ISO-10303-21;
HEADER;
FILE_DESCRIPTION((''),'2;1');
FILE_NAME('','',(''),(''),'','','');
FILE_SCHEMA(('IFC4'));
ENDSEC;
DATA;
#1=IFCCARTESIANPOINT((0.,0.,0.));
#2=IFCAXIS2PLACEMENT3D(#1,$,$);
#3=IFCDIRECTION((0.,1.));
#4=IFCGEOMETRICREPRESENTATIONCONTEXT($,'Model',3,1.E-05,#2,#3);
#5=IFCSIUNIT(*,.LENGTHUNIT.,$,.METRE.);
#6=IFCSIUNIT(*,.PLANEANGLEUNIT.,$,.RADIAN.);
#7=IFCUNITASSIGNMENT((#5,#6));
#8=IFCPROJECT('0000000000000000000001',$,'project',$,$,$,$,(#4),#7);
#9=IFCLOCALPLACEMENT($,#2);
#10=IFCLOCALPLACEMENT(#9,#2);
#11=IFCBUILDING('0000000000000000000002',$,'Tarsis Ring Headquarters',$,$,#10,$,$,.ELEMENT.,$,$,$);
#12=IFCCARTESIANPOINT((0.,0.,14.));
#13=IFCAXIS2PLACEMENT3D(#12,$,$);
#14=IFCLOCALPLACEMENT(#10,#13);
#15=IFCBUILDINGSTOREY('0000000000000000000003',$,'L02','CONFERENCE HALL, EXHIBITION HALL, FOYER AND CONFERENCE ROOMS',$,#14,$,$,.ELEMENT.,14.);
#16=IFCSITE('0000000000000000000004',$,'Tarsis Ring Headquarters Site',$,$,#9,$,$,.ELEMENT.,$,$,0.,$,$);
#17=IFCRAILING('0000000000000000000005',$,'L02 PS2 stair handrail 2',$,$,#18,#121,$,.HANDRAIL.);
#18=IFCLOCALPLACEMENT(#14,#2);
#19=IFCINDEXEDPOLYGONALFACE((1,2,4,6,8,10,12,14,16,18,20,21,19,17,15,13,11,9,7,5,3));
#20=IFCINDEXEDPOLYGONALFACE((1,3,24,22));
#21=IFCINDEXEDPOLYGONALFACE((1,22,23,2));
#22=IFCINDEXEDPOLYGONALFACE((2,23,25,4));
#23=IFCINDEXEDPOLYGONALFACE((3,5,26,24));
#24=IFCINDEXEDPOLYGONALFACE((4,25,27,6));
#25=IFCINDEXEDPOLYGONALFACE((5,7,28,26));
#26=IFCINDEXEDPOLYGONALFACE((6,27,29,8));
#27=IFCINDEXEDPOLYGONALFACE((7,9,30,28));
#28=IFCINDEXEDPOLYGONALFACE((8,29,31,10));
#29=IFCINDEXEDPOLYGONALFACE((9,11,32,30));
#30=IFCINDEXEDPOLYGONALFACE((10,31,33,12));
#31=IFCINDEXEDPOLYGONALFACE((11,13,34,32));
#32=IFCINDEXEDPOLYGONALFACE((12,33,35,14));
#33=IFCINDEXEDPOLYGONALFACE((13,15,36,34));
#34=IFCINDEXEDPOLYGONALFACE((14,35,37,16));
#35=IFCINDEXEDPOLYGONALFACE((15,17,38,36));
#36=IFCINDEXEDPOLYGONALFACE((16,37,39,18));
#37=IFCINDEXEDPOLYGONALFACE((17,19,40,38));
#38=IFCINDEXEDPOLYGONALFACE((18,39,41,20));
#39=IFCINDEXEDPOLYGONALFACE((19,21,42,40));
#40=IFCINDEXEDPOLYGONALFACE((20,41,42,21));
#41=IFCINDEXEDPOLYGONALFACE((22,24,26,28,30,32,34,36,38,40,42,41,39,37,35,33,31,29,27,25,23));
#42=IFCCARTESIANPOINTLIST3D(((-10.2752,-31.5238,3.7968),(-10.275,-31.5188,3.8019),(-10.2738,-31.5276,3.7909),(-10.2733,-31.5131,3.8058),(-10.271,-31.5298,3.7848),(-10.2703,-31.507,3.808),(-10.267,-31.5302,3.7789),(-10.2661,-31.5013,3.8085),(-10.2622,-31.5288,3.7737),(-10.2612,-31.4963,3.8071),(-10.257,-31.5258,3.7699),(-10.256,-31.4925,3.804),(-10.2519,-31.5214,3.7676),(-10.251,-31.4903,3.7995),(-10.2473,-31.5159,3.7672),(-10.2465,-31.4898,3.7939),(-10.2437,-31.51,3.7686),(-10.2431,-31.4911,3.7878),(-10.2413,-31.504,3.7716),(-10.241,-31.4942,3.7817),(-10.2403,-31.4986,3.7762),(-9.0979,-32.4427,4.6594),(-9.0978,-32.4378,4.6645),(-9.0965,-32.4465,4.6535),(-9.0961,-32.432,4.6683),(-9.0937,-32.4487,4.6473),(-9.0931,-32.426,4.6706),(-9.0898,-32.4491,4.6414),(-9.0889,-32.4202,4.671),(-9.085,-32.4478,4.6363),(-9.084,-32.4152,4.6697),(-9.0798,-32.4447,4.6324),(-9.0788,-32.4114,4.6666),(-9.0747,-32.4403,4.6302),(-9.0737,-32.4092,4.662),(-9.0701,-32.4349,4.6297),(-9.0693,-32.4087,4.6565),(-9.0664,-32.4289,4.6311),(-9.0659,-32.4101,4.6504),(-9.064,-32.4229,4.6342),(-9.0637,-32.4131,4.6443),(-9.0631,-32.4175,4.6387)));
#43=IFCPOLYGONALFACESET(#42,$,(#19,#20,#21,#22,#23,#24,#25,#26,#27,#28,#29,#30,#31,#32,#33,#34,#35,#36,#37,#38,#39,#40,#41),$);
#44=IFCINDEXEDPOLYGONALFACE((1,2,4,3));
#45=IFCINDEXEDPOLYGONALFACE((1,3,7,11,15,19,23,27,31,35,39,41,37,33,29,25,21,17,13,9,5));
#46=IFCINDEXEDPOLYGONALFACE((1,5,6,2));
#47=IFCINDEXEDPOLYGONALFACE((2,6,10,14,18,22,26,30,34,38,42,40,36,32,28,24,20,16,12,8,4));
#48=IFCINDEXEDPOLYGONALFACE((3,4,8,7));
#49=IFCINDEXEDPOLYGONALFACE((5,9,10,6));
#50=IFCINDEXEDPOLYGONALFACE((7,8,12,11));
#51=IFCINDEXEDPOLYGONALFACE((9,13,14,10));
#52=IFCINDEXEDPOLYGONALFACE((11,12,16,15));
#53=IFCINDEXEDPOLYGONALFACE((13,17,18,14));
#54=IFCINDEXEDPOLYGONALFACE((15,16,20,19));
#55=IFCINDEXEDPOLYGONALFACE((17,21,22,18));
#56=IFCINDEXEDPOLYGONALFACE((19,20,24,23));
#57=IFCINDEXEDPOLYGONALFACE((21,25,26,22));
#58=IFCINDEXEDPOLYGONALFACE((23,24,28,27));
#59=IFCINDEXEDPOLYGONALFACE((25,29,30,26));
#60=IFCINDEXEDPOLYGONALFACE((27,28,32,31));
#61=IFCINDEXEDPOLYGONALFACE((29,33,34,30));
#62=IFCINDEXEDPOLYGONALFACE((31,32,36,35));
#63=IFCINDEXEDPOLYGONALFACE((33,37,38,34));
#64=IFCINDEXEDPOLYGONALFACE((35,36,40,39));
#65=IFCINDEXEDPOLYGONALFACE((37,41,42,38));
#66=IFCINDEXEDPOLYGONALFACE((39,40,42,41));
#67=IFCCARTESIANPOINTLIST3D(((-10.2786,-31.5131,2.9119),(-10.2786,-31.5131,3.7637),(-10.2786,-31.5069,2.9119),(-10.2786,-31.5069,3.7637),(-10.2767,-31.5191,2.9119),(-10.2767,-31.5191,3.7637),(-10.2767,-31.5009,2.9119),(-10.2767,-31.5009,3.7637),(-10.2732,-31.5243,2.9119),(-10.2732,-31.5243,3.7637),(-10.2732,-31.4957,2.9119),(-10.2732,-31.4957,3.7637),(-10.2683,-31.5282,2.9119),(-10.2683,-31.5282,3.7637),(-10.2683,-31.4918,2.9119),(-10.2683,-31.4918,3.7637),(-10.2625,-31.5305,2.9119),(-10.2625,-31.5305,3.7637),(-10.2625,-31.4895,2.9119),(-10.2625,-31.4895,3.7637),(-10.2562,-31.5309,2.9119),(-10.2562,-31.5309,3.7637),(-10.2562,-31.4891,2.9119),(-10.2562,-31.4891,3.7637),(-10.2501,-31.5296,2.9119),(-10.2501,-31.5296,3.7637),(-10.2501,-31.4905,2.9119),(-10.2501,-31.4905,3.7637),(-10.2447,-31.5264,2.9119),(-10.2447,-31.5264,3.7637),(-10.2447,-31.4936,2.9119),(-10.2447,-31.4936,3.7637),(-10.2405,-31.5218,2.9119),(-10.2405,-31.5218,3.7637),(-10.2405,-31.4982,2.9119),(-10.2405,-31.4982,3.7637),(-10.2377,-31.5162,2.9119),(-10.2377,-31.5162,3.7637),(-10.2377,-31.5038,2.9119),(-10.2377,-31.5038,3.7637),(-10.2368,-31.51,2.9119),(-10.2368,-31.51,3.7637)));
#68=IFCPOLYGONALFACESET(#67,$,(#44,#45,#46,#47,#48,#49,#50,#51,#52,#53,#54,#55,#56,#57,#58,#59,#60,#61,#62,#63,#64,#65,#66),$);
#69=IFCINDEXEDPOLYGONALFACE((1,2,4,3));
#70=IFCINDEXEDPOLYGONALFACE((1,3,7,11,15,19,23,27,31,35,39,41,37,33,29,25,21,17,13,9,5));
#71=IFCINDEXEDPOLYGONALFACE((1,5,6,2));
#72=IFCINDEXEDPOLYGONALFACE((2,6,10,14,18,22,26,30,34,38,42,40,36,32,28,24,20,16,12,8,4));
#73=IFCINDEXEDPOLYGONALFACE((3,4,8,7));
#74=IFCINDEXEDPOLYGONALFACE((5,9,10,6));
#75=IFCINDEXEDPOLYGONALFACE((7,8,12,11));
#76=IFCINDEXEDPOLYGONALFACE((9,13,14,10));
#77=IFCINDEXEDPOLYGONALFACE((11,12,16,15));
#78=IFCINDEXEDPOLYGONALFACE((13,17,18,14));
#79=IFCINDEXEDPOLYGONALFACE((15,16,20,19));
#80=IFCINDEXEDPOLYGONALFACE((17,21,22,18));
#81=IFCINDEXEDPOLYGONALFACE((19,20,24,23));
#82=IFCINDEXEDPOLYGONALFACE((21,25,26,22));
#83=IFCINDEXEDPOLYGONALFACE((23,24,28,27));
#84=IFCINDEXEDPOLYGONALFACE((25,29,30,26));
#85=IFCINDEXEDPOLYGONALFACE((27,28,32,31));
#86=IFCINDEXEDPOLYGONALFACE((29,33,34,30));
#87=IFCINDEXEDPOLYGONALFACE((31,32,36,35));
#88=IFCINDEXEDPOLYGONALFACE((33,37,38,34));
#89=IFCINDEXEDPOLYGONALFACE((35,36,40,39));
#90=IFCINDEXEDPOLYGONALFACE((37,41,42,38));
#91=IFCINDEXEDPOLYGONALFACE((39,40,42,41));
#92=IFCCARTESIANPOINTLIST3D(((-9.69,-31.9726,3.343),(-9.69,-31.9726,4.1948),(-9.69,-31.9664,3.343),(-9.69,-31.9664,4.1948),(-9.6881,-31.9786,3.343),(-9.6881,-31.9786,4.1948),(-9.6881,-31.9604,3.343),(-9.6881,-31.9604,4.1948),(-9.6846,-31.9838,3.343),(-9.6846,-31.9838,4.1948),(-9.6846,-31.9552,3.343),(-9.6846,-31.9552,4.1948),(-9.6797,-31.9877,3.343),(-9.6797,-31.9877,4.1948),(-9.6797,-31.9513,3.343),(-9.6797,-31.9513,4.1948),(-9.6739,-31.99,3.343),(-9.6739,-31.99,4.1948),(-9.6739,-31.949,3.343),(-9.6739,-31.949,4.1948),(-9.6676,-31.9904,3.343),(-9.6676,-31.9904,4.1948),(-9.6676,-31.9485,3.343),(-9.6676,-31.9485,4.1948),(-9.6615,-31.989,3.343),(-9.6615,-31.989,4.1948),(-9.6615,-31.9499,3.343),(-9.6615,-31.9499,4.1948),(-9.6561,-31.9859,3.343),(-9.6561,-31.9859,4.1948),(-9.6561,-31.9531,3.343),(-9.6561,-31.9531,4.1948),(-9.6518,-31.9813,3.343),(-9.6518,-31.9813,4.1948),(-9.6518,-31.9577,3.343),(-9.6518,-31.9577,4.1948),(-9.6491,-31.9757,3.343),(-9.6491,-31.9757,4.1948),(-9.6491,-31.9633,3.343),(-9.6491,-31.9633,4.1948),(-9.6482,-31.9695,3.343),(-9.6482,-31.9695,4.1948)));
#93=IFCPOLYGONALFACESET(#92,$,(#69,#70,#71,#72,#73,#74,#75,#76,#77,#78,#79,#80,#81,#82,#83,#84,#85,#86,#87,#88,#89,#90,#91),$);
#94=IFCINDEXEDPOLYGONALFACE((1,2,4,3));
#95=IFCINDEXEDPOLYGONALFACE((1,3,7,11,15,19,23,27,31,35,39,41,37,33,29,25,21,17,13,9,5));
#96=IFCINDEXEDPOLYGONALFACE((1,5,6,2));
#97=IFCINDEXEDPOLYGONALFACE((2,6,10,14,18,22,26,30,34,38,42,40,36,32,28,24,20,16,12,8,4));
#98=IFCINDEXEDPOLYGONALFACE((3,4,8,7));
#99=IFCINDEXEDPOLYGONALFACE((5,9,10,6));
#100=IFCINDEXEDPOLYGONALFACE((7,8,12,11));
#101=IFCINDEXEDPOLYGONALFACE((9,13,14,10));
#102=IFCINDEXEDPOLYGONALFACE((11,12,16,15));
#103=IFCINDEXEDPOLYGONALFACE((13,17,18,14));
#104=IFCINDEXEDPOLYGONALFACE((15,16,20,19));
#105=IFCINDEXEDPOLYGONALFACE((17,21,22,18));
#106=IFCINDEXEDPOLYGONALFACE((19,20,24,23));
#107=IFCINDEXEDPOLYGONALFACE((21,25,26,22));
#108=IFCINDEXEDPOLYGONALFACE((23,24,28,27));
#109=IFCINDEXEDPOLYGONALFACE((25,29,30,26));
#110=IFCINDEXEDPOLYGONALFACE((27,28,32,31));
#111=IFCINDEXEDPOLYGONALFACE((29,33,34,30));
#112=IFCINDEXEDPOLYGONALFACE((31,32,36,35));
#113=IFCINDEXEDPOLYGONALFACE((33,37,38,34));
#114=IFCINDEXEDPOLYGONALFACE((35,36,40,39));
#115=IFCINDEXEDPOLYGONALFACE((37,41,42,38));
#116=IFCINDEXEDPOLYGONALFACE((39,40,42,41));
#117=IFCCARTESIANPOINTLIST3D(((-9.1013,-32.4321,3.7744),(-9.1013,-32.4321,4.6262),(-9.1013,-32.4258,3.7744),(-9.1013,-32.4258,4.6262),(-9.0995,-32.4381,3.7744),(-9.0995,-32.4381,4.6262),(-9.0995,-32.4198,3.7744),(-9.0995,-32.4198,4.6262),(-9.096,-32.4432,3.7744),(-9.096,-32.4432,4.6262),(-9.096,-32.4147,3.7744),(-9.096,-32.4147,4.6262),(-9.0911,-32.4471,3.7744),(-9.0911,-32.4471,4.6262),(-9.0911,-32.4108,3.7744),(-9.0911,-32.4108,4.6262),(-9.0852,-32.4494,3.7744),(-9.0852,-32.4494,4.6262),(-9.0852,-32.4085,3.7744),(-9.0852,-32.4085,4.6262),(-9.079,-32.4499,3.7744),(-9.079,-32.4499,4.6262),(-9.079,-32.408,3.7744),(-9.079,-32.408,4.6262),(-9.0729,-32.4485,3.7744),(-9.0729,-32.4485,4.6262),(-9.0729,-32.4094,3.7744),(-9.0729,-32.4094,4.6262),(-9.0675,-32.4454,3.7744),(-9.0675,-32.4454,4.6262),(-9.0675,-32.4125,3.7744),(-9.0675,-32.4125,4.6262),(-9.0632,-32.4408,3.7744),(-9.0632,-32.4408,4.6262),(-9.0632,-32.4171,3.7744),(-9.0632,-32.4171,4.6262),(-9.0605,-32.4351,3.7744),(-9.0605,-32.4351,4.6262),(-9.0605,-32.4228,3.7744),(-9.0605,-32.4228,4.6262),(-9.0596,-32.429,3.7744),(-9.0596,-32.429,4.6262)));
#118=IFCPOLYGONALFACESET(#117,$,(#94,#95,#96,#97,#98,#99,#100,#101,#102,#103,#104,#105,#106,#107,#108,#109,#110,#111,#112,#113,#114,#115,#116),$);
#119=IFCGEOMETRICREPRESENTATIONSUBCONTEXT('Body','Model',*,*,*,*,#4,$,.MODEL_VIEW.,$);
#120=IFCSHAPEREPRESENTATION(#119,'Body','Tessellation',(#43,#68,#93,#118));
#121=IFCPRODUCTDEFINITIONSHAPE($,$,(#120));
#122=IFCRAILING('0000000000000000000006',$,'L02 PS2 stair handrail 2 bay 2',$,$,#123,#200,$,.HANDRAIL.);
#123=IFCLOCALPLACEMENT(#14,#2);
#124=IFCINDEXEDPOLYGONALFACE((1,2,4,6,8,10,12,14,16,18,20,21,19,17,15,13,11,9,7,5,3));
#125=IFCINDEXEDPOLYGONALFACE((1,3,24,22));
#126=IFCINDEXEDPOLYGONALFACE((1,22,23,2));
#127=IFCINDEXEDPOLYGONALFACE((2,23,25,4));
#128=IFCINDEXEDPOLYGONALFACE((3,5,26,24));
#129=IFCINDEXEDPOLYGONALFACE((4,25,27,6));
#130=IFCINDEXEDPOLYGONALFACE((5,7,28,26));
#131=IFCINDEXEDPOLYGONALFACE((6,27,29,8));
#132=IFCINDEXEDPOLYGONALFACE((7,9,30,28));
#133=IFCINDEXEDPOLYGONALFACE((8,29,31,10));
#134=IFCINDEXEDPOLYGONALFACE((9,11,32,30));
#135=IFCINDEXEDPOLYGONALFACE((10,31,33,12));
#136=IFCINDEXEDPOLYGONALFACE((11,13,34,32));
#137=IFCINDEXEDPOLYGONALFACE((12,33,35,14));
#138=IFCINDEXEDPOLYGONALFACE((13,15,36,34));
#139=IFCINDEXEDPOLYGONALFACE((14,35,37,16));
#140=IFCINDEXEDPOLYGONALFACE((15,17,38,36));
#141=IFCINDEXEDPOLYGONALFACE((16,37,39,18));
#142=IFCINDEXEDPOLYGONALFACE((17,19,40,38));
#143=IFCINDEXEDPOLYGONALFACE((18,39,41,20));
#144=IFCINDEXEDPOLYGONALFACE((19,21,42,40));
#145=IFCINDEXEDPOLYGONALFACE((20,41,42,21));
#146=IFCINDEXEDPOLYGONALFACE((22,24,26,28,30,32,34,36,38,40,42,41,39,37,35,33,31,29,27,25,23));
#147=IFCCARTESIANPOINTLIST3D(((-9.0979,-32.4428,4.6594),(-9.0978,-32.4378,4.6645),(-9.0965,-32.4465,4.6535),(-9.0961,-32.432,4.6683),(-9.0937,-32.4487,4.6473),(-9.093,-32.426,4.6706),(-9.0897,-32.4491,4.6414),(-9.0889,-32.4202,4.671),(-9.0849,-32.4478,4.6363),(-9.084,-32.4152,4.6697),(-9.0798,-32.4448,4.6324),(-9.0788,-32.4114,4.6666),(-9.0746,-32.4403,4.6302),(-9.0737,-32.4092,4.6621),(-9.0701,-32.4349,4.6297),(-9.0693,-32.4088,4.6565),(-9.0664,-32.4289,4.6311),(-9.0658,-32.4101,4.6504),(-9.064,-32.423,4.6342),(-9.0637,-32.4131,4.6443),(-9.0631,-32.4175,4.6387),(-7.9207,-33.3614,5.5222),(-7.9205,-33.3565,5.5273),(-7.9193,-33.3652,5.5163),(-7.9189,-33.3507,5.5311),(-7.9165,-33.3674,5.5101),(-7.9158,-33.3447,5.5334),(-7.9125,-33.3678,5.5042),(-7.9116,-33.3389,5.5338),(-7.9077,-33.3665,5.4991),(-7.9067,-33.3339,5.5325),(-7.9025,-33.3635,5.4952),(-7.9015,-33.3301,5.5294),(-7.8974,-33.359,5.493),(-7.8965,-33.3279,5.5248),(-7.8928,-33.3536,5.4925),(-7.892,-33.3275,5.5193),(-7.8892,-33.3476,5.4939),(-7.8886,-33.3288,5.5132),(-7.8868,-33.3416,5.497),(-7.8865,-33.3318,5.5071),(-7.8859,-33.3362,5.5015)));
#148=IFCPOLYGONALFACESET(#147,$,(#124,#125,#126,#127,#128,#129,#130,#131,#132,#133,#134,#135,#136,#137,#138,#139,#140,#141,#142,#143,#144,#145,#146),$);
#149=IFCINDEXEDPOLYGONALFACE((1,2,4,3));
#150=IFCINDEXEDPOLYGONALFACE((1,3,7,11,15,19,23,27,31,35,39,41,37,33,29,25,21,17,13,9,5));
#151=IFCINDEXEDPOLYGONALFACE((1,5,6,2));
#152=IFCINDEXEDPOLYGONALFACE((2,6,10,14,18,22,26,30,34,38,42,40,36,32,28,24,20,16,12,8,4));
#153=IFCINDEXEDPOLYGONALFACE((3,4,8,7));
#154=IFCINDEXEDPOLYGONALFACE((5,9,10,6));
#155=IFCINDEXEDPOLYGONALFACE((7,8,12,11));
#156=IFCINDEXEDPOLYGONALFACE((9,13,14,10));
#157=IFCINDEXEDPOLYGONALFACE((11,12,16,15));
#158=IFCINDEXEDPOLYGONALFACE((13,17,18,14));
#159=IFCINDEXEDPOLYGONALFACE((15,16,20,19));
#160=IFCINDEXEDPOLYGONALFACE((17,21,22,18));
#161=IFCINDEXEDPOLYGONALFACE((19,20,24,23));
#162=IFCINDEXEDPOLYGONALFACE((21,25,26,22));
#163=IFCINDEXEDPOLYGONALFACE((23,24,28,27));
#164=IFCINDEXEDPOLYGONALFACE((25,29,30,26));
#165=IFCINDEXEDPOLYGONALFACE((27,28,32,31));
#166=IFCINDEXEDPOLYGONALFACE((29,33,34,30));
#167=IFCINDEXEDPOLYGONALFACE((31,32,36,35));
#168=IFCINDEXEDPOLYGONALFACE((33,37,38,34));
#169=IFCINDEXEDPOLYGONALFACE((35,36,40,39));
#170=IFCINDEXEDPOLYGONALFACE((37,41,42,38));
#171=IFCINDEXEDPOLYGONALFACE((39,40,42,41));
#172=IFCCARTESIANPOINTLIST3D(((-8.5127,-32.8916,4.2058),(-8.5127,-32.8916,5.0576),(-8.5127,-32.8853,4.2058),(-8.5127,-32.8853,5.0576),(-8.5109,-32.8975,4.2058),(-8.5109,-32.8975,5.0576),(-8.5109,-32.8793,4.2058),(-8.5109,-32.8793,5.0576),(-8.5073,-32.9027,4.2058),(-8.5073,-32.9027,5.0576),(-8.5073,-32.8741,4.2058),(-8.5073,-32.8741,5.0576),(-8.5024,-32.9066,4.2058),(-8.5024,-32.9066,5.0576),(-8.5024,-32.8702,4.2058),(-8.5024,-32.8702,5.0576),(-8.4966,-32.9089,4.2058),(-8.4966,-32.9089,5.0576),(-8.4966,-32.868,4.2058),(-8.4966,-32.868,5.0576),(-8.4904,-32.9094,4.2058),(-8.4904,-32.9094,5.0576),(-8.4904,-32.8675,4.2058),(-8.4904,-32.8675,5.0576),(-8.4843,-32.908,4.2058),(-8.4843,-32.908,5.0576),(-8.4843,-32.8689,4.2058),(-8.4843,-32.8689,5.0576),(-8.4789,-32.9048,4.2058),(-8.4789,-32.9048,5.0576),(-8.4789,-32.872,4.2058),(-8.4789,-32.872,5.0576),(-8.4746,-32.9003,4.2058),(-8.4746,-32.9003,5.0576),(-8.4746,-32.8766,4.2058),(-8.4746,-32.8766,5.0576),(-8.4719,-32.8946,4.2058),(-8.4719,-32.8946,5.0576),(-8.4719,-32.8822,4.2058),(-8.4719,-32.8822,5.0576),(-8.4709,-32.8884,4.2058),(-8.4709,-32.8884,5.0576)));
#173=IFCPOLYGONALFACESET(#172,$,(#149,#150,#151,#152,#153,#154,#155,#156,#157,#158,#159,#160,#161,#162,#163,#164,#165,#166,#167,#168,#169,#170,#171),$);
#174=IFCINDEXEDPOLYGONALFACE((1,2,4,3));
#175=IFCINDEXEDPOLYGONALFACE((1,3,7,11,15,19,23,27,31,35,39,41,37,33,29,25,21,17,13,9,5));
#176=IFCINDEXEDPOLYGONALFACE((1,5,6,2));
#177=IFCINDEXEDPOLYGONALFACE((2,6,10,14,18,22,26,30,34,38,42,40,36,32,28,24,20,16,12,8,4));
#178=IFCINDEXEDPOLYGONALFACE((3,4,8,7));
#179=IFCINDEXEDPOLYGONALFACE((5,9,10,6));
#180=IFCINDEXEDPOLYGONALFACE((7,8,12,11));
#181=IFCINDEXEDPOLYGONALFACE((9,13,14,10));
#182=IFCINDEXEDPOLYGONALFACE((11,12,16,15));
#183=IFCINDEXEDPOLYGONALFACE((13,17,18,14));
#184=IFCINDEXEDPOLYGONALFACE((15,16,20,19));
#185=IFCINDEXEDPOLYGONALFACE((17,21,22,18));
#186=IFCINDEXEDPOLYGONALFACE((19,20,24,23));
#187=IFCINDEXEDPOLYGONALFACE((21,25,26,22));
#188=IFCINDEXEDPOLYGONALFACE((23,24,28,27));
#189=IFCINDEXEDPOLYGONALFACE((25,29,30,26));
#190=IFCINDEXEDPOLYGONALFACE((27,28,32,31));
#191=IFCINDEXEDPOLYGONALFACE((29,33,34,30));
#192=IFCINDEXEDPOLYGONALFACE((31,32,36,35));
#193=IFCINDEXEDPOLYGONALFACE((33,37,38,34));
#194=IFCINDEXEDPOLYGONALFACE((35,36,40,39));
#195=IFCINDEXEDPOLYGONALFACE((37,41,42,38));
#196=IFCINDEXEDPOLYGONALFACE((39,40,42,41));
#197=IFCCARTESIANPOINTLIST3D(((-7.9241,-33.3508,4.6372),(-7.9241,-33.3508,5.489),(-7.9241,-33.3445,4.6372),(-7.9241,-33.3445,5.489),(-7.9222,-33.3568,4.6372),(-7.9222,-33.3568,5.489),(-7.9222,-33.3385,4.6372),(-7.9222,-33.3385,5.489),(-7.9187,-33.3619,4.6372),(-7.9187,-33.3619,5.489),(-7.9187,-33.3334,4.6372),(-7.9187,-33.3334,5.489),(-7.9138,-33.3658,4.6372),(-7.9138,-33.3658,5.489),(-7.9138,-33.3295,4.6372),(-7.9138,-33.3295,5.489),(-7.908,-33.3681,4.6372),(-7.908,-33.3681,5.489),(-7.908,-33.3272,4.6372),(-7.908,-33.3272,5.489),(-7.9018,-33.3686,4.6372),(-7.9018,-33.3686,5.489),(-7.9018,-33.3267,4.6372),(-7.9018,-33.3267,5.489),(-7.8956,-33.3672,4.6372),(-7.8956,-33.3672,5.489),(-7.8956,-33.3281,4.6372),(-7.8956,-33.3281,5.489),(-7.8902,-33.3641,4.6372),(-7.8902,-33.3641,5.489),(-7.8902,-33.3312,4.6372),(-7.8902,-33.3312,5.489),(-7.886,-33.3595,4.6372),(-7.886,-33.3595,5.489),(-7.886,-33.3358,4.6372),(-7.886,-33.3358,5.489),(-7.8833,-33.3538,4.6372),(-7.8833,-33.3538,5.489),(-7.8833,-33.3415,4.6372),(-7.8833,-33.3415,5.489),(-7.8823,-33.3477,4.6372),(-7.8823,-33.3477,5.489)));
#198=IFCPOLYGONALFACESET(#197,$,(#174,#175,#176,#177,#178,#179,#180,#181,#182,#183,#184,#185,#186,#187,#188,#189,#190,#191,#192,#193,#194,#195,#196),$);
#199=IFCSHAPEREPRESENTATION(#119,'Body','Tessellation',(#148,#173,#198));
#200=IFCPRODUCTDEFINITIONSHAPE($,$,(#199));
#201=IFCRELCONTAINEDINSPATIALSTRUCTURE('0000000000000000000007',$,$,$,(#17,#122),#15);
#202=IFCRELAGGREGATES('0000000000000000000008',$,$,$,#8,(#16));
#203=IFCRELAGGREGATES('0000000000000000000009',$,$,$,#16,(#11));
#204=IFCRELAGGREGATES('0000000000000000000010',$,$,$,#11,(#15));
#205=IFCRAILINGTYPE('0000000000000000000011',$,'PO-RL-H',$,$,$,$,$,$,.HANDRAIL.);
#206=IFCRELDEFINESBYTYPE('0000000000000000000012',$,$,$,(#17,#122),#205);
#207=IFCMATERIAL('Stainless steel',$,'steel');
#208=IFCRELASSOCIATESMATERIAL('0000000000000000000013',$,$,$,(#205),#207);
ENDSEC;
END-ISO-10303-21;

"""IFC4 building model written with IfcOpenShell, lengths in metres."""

from ifc_helpers import new_model, si_unit, direction, frame, origin, origin_2d, place, context, subcontext, project, spatial, circle, extrude, material, type_object, element, save


model = new_model("IFC4")

# Units and contexts
model_context = context("Model", 3, precision=1e-05, world=origin(), true_north=direction((0.0, 1.0)))
body_context = subcontext(model_context, "Body", "Model", "MODEL_VIEW")
ifc_project = project(units=[si_unit("LENGTHUNIT", "METRE"), si_unit("PLANEANGLEUNIT", "RADIAN")], contexts=[model_context])

# Site, building, storey
site_placement = place(None, origin())
site = spatial("IfcSite", under=ifc_project, at=site_placement, Name="Tarsis Ring Headquarters Site", CompositionType="ELEMENT", RefElevation=0.0)
building_placement = place(site_placement, origin())
building = spatial("IfcBuilding", under=site, at=building_placement, Name="Tarsis Ring Headquarters", CompositionType="ELEMENT")
storey_placement = place(building_placement, frame((0.0, 0.0, 14.0)))
storey = spatial("IfcBuildingStorey", under=building, at=storey_placement, Name="L02", Description="CONFERENCE HALL, EXHIBITION HALL, FOYER AND CONFERENCE ROOMS", CompositionType="ELEMENT", Elevation=14.0)

# Railings
ifc_material_1 = material(Name="Stainless steel", Category="steel")
railing_type_1 = type_object("IfcRailingType", Name="PO-RL-H", PredefinedType="HANDRAIL", material=ifc_material_1)
railing_1_placement = place(storey_placement, frame((-10.2578, -31.51, 2.9119)))
element("IfcRailing", 1, at=railing_1_placement, inside=storey, type_object=railing_type_1, Name="L02 PS2 stair handrail 2", PredefinedType="HANDRAIL", context=body_context, shape_type="SweptSolid", body=[
    extrude(circle(Radius=0.0239, at=origin_2d()), frame((0.0, 0.0, 0.876), z_axis=(0.682607, -0.532835, 0.500135), x_axis=(0.61532, 0.788277, 0.0)), (0.0, 0.0, 1.0), 1.7246),
    extrude(circle(Radius=0.021, at=origin_2d()), origin(), (0.0, 0.0, 1.0), 0.8518),
    extrude(circle(Radius=0.021, at=origin_2d()), frame((0.5886, -0.4595, 0.4312)), (0.0, 0.0, 1.0), 0.8518),
    extrude(circle(Radius=0.021, at=origin_2d()), frame((1.1772, -0.9189, 0.8625)), (0.0, 0.0, 1.0), 0.8518),
])
railing_2_placement = place(storey_placement, frame((-9.0806, -32.429, 3.7744)))
element("IfcRailing", 2, at=railing_2_placement, inside=storey, type_object=railing_type_1, Name="L02 PS2 stair handrail 2 bay 2", PredefinedType="HANDRAIL", context=body_context, shape_type="SweptSolid", body=[
    extrude(circle(Radius=0.0239, at=origin_2d()), frame((0.0, 0.0, 0.876), z_axis=(0.68261, -0.532696, 0.500279), x_axis=(0.615219, 0.788356, 0.0)), (0.0, 0.0, 1.0), 1.7246),
    extrude(circle(Radius=0.021, at=origin_2d()), frame((0.5886, -0.4595, 0.4314)), (0.0, 0.0, 1.0), 0.8518),
    extrude(circle(Radius=0.021, at=origin_2d()), frame((1.1772, -0.9187, 0.8628)), (0.0, 0.0, 1.0), 0.8518),
])

save(model, "model.ifc")
